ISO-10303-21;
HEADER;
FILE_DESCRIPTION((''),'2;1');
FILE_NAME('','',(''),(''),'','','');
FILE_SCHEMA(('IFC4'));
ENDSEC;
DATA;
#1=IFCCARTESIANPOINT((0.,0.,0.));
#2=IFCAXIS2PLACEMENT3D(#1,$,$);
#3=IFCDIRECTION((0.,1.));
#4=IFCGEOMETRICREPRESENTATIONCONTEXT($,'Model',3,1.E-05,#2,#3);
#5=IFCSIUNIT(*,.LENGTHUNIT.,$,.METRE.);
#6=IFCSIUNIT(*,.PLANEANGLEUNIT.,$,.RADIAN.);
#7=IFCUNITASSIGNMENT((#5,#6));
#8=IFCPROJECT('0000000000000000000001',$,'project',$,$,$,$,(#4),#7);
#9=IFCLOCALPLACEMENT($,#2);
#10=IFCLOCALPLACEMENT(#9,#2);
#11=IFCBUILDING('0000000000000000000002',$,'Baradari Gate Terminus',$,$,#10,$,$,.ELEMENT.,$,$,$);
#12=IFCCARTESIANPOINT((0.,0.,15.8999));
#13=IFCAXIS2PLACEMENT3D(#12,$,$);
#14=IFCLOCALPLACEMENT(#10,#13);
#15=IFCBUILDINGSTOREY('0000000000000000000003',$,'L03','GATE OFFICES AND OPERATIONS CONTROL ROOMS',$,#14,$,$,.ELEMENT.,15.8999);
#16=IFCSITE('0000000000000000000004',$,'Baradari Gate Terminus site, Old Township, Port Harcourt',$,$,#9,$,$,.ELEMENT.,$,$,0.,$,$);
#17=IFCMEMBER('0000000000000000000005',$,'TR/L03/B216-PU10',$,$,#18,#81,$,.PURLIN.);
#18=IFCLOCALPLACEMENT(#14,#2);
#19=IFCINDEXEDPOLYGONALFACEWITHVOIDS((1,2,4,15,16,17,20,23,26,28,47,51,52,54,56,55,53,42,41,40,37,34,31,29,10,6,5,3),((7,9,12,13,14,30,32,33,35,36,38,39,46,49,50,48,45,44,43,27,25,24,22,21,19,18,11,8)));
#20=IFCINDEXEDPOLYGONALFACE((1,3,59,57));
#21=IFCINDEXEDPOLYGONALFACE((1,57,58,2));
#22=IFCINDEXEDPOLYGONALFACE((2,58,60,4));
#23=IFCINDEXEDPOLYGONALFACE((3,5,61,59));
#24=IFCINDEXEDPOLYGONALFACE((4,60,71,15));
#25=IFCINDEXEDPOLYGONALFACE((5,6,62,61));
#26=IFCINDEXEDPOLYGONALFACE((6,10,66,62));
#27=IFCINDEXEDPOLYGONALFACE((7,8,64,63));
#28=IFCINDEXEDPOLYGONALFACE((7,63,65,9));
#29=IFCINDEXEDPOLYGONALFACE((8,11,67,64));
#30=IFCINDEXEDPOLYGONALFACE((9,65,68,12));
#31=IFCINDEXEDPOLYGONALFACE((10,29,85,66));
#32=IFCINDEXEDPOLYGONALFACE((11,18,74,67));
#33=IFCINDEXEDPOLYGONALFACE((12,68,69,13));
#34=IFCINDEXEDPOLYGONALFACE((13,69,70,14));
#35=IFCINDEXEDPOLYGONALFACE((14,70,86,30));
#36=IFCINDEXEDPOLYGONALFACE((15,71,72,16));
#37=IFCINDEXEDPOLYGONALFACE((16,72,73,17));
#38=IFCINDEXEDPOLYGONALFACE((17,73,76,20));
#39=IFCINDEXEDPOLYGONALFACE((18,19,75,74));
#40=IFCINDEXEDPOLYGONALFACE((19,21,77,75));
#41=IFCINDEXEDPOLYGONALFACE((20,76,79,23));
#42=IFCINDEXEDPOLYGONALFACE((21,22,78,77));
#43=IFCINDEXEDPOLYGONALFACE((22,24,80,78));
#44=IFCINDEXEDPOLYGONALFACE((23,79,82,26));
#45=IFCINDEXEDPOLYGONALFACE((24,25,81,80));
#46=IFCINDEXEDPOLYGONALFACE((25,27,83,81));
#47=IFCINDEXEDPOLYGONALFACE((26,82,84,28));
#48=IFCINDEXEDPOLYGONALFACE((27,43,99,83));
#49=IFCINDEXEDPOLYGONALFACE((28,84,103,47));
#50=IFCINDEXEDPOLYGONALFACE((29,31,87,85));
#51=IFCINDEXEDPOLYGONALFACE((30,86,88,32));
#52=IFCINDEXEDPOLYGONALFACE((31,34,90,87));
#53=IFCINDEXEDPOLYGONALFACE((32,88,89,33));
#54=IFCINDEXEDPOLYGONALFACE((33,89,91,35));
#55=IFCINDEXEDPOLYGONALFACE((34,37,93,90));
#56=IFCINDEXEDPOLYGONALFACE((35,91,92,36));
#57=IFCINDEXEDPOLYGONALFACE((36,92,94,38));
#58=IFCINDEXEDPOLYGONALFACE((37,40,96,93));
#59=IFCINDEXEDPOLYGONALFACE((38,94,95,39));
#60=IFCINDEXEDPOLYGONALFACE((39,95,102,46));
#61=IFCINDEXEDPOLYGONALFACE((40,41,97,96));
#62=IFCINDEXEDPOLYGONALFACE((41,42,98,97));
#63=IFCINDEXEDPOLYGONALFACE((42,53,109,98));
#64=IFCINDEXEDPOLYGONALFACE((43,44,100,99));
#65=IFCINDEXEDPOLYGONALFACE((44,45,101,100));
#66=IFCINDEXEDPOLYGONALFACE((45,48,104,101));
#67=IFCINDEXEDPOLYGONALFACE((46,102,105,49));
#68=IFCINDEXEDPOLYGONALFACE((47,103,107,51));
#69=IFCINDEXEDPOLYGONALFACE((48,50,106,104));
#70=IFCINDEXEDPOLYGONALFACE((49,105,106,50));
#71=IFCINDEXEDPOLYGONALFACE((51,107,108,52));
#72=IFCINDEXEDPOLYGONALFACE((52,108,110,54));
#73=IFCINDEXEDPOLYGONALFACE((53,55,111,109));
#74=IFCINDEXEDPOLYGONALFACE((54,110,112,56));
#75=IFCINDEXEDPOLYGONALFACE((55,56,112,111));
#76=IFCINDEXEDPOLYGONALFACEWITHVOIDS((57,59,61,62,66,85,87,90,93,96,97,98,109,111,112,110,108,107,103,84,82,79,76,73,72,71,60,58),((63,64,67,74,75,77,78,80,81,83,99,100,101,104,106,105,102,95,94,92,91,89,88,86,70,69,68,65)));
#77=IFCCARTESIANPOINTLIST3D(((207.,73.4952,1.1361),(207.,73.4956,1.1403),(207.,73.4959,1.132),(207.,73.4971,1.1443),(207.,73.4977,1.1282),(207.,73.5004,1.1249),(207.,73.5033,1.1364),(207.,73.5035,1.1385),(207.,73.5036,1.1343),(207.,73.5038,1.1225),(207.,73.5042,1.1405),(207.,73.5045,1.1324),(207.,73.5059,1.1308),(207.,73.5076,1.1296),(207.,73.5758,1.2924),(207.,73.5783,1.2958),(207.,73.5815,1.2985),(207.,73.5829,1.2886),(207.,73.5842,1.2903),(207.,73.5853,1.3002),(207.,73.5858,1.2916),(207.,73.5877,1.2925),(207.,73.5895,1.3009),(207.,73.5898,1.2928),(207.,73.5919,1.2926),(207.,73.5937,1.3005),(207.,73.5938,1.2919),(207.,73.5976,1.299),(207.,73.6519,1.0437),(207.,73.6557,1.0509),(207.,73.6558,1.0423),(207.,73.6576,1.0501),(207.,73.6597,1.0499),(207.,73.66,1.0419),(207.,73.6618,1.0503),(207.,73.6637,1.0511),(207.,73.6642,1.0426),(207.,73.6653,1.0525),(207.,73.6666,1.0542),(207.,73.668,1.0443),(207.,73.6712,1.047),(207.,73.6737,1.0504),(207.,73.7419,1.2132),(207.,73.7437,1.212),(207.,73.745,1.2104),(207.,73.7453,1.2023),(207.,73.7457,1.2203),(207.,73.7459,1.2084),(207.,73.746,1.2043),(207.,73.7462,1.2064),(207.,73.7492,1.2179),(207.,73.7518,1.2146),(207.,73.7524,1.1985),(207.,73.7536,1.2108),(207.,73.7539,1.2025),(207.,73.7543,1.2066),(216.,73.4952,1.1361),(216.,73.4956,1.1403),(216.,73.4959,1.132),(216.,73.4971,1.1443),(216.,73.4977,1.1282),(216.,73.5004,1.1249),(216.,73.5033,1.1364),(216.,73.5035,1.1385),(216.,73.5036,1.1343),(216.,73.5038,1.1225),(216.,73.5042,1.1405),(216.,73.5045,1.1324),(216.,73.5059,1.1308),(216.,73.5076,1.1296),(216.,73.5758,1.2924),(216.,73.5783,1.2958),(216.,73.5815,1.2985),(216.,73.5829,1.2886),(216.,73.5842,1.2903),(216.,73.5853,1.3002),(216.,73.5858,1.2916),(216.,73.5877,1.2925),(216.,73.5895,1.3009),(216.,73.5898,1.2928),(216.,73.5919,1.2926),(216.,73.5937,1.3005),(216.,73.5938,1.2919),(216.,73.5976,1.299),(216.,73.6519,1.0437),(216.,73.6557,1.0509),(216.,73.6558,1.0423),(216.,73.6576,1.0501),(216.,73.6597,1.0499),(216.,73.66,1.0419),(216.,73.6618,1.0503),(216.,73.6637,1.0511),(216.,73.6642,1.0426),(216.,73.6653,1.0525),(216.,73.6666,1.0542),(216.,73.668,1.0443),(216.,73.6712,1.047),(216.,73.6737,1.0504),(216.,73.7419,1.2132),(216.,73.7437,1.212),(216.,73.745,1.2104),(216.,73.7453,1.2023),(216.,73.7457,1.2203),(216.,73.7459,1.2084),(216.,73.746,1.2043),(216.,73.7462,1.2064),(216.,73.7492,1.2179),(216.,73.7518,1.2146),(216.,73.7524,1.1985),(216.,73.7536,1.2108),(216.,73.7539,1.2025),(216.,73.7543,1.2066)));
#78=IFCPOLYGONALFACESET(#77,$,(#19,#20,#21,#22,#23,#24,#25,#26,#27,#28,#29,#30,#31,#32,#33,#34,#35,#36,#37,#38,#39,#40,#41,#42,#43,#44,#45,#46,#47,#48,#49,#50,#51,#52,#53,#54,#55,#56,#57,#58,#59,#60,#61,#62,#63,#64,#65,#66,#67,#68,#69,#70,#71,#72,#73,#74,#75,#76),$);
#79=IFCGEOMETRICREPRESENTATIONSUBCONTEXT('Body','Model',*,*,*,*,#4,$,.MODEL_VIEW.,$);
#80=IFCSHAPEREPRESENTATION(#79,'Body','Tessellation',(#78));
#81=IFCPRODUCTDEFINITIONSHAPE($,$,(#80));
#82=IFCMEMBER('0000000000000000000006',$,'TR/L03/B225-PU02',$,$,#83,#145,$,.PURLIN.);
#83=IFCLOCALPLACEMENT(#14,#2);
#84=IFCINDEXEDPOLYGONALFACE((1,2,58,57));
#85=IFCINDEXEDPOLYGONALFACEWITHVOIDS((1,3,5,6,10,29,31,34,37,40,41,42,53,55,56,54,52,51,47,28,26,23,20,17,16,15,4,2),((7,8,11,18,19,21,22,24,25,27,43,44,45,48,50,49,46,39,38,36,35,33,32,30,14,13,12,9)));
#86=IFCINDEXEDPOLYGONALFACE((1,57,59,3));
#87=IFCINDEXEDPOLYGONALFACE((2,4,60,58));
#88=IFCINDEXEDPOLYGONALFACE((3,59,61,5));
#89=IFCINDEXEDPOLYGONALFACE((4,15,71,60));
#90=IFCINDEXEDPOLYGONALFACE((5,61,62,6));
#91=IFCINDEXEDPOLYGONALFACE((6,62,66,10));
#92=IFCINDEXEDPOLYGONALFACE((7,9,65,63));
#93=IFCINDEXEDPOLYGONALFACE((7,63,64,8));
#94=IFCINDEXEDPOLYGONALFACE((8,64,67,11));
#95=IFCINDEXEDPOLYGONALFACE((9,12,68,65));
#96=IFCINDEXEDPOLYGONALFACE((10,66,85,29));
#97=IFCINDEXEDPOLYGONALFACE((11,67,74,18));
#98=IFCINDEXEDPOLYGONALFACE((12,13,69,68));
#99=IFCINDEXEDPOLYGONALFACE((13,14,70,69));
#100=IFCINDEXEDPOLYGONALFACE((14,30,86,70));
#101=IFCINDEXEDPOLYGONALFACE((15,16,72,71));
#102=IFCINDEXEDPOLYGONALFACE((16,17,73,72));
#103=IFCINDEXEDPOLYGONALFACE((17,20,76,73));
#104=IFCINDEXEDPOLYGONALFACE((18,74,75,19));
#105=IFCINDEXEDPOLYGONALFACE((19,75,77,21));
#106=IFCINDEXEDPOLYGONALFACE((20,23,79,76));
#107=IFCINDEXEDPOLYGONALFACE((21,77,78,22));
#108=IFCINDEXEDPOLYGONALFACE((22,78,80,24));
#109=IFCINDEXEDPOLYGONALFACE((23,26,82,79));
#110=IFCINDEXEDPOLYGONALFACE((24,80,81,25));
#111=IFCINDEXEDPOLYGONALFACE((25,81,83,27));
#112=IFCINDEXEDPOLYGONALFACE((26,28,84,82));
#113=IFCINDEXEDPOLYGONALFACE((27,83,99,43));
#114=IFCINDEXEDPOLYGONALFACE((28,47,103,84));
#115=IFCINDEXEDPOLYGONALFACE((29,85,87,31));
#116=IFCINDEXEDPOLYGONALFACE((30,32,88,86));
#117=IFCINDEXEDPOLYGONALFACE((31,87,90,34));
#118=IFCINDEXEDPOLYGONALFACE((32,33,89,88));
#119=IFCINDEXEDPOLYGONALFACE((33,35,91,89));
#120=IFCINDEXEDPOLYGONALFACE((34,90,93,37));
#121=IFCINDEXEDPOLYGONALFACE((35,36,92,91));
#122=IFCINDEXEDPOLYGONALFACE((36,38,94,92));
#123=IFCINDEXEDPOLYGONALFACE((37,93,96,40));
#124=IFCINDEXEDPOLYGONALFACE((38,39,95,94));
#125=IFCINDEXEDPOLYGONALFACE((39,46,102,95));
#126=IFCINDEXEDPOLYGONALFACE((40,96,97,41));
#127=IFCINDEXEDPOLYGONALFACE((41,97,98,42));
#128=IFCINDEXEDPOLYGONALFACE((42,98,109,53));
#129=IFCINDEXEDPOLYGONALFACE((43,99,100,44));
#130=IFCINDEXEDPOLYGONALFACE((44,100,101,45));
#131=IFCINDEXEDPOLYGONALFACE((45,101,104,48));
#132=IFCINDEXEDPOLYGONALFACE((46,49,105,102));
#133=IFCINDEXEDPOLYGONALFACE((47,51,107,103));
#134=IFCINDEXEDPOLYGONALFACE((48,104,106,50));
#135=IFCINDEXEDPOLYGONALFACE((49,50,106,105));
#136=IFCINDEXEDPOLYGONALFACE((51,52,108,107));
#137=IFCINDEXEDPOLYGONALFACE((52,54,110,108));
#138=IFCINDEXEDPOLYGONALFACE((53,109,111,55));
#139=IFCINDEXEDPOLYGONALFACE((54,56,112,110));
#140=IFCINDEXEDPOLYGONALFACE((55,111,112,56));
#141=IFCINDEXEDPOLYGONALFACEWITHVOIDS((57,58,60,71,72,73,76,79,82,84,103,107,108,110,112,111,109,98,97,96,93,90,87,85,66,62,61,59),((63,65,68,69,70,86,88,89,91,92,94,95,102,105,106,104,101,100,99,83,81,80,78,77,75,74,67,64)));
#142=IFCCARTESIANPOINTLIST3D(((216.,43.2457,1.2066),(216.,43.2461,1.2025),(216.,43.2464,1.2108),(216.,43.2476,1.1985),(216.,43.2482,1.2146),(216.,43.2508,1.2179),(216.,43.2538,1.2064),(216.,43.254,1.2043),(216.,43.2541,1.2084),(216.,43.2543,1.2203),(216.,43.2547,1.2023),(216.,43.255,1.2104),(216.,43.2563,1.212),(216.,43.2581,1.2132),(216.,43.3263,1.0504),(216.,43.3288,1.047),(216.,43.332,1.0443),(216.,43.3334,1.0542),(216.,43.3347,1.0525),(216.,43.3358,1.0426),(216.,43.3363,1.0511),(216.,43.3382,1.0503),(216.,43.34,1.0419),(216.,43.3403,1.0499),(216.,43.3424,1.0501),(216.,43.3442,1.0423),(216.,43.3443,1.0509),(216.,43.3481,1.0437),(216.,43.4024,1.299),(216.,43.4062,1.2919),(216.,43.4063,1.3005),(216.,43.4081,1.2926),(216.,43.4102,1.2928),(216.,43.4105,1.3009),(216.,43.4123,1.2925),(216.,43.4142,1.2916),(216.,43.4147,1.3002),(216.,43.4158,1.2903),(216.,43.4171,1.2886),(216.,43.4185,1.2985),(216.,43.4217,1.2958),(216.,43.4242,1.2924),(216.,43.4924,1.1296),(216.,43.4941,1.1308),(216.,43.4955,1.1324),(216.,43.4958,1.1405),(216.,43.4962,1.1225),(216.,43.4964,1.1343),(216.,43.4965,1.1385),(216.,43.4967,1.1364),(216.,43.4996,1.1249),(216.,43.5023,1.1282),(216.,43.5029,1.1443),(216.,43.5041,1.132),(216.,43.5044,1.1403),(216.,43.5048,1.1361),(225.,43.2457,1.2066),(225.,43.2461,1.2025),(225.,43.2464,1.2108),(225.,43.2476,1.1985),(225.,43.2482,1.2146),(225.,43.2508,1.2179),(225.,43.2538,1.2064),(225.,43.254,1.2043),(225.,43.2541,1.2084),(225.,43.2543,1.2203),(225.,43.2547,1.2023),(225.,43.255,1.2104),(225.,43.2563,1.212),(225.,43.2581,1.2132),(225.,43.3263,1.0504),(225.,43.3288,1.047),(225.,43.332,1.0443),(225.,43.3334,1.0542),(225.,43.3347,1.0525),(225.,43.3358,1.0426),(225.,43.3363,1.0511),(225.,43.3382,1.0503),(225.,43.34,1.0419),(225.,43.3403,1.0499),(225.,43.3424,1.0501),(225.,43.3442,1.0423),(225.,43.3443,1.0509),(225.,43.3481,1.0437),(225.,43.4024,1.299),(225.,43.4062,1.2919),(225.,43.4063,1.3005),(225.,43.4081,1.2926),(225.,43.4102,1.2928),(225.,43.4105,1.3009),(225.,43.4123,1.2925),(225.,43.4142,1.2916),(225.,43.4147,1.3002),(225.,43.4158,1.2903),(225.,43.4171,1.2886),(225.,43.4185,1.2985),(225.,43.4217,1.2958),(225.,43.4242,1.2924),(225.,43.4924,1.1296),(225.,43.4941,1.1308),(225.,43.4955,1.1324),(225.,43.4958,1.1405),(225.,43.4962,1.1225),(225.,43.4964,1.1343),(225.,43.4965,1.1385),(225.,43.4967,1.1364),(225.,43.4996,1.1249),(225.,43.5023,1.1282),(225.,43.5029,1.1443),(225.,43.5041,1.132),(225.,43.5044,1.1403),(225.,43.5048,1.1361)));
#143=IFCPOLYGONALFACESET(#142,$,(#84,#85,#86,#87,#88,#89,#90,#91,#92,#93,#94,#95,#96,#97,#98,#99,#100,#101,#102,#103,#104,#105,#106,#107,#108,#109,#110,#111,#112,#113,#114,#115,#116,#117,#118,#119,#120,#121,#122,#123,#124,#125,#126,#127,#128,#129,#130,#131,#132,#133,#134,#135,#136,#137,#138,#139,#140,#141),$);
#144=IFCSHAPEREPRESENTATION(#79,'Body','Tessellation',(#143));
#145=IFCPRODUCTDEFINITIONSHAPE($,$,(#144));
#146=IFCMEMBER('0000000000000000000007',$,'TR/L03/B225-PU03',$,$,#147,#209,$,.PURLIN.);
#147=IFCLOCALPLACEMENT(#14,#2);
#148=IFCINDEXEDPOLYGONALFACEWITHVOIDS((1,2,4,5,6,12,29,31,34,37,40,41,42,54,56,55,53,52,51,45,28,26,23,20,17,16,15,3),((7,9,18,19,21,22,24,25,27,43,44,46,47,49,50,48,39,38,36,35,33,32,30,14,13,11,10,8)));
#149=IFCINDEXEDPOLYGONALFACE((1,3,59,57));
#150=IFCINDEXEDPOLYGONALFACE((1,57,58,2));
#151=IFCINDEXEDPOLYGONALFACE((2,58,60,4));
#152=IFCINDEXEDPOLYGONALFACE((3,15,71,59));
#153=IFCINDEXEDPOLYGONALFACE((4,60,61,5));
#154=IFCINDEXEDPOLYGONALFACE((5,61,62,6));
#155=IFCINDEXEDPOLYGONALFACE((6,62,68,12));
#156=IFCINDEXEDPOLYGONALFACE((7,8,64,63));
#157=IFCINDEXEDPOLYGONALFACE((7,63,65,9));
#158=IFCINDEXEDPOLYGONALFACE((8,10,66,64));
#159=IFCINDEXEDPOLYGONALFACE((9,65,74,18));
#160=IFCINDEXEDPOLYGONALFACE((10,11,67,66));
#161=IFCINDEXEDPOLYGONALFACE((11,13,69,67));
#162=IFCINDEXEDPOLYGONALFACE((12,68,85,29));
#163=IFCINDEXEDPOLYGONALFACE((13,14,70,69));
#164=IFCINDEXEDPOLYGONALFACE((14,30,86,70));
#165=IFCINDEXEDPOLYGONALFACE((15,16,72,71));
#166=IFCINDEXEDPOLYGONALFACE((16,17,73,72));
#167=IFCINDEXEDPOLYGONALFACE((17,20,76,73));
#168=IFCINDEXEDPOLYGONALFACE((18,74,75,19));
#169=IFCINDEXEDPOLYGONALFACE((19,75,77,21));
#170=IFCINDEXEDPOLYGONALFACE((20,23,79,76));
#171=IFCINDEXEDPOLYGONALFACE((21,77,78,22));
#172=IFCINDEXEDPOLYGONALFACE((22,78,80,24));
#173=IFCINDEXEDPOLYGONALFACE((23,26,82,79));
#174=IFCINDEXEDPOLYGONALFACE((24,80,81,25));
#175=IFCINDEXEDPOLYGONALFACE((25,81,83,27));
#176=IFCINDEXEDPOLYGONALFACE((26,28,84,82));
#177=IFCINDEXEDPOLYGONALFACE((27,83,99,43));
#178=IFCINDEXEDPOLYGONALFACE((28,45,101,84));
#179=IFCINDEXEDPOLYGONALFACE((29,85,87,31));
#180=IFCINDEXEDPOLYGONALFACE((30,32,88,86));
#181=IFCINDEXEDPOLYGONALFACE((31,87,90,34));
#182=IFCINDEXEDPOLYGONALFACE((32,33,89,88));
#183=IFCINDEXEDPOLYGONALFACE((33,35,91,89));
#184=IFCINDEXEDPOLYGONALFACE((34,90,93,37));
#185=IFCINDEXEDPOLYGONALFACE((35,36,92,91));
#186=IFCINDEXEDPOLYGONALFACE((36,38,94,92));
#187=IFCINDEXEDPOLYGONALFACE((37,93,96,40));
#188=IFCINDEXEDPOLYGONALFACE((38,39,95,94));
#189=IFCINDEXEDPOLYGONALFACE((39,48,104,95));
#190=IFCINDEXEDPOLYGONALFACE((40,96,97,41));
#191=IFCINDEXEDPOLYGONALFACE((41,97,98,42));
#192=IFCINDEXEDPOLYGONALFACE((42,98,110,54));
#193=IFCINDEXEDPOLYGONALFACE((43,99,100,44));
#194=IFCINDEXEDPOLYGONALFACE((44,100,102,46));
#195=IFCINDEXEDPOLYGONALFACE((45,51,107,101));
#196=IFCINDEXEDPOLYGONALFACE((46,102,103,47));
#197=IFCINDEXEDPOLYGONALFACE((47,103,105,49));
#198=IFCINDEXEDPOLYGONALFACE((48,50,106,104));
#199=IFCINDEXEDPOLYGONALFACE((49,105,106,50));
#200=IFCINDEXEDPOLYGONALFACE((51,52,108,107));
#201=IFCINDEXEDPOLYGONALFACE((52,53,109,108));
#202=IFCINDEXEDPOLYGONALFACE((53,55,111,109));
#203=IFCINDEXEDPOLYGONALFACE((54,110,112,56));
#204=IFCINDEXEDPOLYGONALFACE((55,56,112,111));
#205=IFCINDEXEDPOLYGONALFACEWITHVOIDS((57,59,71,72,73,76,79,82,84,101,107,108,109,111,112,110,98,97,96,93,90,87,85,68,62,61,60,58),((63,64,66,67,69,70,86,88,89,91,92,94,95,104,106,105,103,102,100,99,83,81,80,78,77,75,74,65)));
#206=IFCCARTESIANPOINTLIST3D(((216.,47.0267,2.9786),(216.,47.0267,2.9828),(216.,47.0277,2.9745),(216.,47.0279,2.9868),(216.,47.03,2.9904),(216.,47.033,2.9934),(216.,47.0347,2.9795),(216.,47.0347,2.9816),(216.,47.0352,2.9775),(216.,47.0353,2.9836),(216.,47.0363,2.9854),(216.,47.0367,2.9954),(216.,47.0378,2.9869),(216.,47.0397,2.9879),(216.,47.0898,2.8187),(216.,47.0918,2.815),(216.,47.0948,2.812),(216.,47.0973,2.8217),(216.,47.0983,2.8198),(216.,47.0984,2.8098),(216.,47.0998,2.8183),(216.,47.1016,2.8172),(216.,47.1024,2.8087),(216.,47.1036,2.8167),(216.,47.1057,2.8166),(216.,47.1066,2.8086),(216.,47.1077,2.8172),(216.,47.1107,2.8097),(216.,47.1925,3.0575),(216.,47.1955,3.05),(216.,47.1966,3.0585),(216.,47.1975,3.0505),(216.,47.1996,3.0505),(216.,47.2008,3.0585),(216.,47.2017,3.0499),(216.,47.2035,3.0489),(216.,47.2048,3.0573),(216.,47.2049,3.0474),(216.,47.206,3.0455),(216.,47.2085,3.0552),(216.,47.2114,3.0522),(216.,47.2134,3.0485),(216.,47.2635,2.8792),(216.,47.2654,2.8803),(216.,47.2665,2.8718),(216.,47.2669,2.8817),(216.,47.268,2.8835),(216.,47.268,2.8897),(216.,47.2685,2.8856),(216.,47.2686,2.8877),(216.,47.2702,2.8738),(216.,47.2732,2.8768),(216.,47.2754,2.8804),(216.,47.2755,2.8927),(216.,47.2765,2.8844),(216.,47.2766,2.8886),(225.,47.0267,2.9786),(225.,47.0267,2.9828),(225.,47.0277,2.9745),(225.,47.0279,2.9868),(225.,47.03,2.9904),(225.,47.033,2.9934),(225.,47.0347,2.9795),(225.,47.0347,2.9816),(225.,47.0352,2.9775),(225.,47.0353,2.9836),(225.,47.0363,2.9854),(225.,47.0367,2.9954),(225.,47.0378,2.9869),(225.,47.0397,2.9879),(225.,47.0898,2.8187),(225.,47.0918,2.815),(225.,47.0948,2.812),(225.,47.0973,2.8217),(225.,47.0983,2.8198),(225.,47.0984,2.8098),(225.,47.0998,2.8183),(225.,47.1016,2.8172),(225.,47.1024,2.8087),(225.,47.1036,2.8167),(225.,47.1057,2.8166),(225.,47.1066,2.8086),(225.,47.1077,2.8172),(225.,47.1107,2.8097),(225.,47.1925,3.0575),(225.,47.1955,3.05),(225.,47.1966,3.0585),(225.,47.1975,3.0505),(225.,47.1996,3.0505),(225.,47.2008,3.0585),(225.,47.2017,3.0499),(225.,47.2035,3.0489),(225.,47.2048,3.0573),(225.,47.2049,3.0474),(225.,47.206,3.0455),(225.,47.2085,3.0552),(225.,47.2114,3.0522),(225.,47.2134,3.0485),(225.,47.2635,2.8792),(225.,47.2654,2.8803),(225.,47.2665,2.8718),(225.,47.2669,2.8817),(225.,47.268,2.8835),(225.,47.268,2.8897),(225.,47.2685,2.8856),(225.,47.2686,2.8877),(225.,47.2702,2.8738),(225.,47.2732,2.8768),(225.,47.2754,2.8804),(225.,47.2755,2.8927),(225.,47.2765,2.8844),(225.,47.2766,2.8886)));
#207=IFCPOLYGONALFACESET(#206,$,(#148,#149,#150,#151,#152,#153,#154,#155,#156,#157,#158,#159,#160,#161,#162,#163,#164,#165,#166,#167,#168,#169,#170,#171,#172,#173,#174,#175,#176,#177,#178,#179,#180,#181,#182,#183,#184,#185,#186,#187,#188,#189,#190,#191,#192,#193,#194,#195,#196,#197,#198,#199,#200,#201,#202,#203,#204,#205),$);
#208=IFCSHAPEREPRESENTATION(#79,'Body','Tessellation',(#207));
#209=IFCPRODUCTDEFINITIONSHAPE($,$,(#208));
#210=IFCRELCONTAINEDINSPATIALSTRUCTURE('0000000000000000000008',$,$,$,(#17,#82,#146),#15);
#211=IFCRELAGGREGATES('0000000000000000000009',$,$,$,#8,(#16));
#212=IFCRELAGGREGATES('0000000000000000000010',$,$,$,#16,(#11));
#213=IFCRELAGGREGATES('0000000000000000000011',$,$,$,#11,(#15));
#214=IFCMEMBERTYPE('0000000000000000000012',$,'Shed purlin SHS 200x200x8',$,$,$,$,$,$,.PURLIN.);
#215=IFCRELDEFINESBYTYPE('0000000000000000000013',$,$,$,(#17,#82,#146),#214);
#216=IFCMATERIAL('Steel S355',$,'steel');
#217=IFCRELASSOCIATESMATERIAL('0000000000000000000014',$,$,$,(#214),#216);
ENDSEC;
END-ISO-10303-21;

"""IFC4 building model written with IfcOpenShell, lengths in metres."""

from ifc_helpers import new_model, si_unit, direction, frame, origin, origin_2d, place, context, subcontext, project, spatial, hollow_rectangle, extrude, material, material_profile, profile_set, type_object, element, save


model = new_model("IFC4")

# Units and contexts
model_context = context("Model", 3, precision=1e-05, world=origin(), true_north=direction((0.0, 1.0)))
body_context = subcontext(model_context, "Body", "Model", "MODEL_VIEW")
ifc_project = project(units=[si_unit("LENGTHUNIT", "METRE"), si_unit("PLANEANGLEUNIT", "RADIAN")], contexts=[model_context])

# Site, building, storey
site_placement = place(None, origin())
site = spatial("IfcSite", under=ifc_project, at=site_placement, Name="Baradari Gate Terminus site, Old Township, Port Harcourt", CompositionType="ELEMENT", RefElevation=0.0)
building_placement = place(site_placement, origin())
building = spatial("IfcBuilding", under=site, at=building_placement, Name="Baradari Gate Terminus", CompositionType="ELEMENT")
storey_placement = place(building_placement, frame((0.0, 0.0, 15.8999)))
storey = spatial("IfcBuildingStorey", under=building, at=storey_placement, Name="L03", Description="GATE OFFICES AND OPERATIONS CONTROL ROOMS", CompositionType="ELEMENT", Elevation=15.8999)

# Members
ifc_material_1 = material(Name="Steel S355", Category="steel")
ifc_material_profile_1 = material_profile(ifc_material_1, hollow_rectangle(XDim=0.2, YDim=0.2, WallThickness=0.0081, InnerFilletRadius=0.0081, OuterFilletRadius=0.0161, at=origin_2d()), Name="SHS 200x200x8")
ifc_profile_set_1 = profile_set([ifc_material_profile_1], Name="Steel S355")
member_type_1 = type_object("IfcMemberType", Name="Shed purlin SHS 200x200x8", PredefinedType="PURLIN", material=ifc_profile_set_1)
for number, where, z_axis, x_axis, name in (
    (1, (207.0, 73.6248, 1.1714), (1.0, 0.0, 0.0), (0.0, 0.883027, -0.469322), "TR/L03/B216-PU10"),
    (2, (216.0, 43.3752, 1.1714), (1.0, 0.0, 0.0), (0.0, 0.883027, 0.469322), "TR/L03/B225-PU02"),
    (3, (216.0, 47.1516, 2.9336), (1.0, 0.0, 0.0), (0.0, 0.928965, 0.370167), "TR/L03/B225-PU03"),
):
    element("IfcMember", number, at=place(storey_placement, frame(where, z_axis=z_axis, x_axis=x_axis)), inside=storey, type_object=member_type_1, Name=name, PredefinedType="PURLIN", context=body_context, shape_type="SweptSolid", body=[
        extrude(hollow_rectangle(XDim=0.2, YDim=0.2, WallThickness=0.0081, InnerFilletRadius=0.0081, OuterFilletRadius=0.0161, at=origin_2d()), origin(), (0.0, 0.0, 1.0), 9.0),
    ])

save(model, "model.ifc")
